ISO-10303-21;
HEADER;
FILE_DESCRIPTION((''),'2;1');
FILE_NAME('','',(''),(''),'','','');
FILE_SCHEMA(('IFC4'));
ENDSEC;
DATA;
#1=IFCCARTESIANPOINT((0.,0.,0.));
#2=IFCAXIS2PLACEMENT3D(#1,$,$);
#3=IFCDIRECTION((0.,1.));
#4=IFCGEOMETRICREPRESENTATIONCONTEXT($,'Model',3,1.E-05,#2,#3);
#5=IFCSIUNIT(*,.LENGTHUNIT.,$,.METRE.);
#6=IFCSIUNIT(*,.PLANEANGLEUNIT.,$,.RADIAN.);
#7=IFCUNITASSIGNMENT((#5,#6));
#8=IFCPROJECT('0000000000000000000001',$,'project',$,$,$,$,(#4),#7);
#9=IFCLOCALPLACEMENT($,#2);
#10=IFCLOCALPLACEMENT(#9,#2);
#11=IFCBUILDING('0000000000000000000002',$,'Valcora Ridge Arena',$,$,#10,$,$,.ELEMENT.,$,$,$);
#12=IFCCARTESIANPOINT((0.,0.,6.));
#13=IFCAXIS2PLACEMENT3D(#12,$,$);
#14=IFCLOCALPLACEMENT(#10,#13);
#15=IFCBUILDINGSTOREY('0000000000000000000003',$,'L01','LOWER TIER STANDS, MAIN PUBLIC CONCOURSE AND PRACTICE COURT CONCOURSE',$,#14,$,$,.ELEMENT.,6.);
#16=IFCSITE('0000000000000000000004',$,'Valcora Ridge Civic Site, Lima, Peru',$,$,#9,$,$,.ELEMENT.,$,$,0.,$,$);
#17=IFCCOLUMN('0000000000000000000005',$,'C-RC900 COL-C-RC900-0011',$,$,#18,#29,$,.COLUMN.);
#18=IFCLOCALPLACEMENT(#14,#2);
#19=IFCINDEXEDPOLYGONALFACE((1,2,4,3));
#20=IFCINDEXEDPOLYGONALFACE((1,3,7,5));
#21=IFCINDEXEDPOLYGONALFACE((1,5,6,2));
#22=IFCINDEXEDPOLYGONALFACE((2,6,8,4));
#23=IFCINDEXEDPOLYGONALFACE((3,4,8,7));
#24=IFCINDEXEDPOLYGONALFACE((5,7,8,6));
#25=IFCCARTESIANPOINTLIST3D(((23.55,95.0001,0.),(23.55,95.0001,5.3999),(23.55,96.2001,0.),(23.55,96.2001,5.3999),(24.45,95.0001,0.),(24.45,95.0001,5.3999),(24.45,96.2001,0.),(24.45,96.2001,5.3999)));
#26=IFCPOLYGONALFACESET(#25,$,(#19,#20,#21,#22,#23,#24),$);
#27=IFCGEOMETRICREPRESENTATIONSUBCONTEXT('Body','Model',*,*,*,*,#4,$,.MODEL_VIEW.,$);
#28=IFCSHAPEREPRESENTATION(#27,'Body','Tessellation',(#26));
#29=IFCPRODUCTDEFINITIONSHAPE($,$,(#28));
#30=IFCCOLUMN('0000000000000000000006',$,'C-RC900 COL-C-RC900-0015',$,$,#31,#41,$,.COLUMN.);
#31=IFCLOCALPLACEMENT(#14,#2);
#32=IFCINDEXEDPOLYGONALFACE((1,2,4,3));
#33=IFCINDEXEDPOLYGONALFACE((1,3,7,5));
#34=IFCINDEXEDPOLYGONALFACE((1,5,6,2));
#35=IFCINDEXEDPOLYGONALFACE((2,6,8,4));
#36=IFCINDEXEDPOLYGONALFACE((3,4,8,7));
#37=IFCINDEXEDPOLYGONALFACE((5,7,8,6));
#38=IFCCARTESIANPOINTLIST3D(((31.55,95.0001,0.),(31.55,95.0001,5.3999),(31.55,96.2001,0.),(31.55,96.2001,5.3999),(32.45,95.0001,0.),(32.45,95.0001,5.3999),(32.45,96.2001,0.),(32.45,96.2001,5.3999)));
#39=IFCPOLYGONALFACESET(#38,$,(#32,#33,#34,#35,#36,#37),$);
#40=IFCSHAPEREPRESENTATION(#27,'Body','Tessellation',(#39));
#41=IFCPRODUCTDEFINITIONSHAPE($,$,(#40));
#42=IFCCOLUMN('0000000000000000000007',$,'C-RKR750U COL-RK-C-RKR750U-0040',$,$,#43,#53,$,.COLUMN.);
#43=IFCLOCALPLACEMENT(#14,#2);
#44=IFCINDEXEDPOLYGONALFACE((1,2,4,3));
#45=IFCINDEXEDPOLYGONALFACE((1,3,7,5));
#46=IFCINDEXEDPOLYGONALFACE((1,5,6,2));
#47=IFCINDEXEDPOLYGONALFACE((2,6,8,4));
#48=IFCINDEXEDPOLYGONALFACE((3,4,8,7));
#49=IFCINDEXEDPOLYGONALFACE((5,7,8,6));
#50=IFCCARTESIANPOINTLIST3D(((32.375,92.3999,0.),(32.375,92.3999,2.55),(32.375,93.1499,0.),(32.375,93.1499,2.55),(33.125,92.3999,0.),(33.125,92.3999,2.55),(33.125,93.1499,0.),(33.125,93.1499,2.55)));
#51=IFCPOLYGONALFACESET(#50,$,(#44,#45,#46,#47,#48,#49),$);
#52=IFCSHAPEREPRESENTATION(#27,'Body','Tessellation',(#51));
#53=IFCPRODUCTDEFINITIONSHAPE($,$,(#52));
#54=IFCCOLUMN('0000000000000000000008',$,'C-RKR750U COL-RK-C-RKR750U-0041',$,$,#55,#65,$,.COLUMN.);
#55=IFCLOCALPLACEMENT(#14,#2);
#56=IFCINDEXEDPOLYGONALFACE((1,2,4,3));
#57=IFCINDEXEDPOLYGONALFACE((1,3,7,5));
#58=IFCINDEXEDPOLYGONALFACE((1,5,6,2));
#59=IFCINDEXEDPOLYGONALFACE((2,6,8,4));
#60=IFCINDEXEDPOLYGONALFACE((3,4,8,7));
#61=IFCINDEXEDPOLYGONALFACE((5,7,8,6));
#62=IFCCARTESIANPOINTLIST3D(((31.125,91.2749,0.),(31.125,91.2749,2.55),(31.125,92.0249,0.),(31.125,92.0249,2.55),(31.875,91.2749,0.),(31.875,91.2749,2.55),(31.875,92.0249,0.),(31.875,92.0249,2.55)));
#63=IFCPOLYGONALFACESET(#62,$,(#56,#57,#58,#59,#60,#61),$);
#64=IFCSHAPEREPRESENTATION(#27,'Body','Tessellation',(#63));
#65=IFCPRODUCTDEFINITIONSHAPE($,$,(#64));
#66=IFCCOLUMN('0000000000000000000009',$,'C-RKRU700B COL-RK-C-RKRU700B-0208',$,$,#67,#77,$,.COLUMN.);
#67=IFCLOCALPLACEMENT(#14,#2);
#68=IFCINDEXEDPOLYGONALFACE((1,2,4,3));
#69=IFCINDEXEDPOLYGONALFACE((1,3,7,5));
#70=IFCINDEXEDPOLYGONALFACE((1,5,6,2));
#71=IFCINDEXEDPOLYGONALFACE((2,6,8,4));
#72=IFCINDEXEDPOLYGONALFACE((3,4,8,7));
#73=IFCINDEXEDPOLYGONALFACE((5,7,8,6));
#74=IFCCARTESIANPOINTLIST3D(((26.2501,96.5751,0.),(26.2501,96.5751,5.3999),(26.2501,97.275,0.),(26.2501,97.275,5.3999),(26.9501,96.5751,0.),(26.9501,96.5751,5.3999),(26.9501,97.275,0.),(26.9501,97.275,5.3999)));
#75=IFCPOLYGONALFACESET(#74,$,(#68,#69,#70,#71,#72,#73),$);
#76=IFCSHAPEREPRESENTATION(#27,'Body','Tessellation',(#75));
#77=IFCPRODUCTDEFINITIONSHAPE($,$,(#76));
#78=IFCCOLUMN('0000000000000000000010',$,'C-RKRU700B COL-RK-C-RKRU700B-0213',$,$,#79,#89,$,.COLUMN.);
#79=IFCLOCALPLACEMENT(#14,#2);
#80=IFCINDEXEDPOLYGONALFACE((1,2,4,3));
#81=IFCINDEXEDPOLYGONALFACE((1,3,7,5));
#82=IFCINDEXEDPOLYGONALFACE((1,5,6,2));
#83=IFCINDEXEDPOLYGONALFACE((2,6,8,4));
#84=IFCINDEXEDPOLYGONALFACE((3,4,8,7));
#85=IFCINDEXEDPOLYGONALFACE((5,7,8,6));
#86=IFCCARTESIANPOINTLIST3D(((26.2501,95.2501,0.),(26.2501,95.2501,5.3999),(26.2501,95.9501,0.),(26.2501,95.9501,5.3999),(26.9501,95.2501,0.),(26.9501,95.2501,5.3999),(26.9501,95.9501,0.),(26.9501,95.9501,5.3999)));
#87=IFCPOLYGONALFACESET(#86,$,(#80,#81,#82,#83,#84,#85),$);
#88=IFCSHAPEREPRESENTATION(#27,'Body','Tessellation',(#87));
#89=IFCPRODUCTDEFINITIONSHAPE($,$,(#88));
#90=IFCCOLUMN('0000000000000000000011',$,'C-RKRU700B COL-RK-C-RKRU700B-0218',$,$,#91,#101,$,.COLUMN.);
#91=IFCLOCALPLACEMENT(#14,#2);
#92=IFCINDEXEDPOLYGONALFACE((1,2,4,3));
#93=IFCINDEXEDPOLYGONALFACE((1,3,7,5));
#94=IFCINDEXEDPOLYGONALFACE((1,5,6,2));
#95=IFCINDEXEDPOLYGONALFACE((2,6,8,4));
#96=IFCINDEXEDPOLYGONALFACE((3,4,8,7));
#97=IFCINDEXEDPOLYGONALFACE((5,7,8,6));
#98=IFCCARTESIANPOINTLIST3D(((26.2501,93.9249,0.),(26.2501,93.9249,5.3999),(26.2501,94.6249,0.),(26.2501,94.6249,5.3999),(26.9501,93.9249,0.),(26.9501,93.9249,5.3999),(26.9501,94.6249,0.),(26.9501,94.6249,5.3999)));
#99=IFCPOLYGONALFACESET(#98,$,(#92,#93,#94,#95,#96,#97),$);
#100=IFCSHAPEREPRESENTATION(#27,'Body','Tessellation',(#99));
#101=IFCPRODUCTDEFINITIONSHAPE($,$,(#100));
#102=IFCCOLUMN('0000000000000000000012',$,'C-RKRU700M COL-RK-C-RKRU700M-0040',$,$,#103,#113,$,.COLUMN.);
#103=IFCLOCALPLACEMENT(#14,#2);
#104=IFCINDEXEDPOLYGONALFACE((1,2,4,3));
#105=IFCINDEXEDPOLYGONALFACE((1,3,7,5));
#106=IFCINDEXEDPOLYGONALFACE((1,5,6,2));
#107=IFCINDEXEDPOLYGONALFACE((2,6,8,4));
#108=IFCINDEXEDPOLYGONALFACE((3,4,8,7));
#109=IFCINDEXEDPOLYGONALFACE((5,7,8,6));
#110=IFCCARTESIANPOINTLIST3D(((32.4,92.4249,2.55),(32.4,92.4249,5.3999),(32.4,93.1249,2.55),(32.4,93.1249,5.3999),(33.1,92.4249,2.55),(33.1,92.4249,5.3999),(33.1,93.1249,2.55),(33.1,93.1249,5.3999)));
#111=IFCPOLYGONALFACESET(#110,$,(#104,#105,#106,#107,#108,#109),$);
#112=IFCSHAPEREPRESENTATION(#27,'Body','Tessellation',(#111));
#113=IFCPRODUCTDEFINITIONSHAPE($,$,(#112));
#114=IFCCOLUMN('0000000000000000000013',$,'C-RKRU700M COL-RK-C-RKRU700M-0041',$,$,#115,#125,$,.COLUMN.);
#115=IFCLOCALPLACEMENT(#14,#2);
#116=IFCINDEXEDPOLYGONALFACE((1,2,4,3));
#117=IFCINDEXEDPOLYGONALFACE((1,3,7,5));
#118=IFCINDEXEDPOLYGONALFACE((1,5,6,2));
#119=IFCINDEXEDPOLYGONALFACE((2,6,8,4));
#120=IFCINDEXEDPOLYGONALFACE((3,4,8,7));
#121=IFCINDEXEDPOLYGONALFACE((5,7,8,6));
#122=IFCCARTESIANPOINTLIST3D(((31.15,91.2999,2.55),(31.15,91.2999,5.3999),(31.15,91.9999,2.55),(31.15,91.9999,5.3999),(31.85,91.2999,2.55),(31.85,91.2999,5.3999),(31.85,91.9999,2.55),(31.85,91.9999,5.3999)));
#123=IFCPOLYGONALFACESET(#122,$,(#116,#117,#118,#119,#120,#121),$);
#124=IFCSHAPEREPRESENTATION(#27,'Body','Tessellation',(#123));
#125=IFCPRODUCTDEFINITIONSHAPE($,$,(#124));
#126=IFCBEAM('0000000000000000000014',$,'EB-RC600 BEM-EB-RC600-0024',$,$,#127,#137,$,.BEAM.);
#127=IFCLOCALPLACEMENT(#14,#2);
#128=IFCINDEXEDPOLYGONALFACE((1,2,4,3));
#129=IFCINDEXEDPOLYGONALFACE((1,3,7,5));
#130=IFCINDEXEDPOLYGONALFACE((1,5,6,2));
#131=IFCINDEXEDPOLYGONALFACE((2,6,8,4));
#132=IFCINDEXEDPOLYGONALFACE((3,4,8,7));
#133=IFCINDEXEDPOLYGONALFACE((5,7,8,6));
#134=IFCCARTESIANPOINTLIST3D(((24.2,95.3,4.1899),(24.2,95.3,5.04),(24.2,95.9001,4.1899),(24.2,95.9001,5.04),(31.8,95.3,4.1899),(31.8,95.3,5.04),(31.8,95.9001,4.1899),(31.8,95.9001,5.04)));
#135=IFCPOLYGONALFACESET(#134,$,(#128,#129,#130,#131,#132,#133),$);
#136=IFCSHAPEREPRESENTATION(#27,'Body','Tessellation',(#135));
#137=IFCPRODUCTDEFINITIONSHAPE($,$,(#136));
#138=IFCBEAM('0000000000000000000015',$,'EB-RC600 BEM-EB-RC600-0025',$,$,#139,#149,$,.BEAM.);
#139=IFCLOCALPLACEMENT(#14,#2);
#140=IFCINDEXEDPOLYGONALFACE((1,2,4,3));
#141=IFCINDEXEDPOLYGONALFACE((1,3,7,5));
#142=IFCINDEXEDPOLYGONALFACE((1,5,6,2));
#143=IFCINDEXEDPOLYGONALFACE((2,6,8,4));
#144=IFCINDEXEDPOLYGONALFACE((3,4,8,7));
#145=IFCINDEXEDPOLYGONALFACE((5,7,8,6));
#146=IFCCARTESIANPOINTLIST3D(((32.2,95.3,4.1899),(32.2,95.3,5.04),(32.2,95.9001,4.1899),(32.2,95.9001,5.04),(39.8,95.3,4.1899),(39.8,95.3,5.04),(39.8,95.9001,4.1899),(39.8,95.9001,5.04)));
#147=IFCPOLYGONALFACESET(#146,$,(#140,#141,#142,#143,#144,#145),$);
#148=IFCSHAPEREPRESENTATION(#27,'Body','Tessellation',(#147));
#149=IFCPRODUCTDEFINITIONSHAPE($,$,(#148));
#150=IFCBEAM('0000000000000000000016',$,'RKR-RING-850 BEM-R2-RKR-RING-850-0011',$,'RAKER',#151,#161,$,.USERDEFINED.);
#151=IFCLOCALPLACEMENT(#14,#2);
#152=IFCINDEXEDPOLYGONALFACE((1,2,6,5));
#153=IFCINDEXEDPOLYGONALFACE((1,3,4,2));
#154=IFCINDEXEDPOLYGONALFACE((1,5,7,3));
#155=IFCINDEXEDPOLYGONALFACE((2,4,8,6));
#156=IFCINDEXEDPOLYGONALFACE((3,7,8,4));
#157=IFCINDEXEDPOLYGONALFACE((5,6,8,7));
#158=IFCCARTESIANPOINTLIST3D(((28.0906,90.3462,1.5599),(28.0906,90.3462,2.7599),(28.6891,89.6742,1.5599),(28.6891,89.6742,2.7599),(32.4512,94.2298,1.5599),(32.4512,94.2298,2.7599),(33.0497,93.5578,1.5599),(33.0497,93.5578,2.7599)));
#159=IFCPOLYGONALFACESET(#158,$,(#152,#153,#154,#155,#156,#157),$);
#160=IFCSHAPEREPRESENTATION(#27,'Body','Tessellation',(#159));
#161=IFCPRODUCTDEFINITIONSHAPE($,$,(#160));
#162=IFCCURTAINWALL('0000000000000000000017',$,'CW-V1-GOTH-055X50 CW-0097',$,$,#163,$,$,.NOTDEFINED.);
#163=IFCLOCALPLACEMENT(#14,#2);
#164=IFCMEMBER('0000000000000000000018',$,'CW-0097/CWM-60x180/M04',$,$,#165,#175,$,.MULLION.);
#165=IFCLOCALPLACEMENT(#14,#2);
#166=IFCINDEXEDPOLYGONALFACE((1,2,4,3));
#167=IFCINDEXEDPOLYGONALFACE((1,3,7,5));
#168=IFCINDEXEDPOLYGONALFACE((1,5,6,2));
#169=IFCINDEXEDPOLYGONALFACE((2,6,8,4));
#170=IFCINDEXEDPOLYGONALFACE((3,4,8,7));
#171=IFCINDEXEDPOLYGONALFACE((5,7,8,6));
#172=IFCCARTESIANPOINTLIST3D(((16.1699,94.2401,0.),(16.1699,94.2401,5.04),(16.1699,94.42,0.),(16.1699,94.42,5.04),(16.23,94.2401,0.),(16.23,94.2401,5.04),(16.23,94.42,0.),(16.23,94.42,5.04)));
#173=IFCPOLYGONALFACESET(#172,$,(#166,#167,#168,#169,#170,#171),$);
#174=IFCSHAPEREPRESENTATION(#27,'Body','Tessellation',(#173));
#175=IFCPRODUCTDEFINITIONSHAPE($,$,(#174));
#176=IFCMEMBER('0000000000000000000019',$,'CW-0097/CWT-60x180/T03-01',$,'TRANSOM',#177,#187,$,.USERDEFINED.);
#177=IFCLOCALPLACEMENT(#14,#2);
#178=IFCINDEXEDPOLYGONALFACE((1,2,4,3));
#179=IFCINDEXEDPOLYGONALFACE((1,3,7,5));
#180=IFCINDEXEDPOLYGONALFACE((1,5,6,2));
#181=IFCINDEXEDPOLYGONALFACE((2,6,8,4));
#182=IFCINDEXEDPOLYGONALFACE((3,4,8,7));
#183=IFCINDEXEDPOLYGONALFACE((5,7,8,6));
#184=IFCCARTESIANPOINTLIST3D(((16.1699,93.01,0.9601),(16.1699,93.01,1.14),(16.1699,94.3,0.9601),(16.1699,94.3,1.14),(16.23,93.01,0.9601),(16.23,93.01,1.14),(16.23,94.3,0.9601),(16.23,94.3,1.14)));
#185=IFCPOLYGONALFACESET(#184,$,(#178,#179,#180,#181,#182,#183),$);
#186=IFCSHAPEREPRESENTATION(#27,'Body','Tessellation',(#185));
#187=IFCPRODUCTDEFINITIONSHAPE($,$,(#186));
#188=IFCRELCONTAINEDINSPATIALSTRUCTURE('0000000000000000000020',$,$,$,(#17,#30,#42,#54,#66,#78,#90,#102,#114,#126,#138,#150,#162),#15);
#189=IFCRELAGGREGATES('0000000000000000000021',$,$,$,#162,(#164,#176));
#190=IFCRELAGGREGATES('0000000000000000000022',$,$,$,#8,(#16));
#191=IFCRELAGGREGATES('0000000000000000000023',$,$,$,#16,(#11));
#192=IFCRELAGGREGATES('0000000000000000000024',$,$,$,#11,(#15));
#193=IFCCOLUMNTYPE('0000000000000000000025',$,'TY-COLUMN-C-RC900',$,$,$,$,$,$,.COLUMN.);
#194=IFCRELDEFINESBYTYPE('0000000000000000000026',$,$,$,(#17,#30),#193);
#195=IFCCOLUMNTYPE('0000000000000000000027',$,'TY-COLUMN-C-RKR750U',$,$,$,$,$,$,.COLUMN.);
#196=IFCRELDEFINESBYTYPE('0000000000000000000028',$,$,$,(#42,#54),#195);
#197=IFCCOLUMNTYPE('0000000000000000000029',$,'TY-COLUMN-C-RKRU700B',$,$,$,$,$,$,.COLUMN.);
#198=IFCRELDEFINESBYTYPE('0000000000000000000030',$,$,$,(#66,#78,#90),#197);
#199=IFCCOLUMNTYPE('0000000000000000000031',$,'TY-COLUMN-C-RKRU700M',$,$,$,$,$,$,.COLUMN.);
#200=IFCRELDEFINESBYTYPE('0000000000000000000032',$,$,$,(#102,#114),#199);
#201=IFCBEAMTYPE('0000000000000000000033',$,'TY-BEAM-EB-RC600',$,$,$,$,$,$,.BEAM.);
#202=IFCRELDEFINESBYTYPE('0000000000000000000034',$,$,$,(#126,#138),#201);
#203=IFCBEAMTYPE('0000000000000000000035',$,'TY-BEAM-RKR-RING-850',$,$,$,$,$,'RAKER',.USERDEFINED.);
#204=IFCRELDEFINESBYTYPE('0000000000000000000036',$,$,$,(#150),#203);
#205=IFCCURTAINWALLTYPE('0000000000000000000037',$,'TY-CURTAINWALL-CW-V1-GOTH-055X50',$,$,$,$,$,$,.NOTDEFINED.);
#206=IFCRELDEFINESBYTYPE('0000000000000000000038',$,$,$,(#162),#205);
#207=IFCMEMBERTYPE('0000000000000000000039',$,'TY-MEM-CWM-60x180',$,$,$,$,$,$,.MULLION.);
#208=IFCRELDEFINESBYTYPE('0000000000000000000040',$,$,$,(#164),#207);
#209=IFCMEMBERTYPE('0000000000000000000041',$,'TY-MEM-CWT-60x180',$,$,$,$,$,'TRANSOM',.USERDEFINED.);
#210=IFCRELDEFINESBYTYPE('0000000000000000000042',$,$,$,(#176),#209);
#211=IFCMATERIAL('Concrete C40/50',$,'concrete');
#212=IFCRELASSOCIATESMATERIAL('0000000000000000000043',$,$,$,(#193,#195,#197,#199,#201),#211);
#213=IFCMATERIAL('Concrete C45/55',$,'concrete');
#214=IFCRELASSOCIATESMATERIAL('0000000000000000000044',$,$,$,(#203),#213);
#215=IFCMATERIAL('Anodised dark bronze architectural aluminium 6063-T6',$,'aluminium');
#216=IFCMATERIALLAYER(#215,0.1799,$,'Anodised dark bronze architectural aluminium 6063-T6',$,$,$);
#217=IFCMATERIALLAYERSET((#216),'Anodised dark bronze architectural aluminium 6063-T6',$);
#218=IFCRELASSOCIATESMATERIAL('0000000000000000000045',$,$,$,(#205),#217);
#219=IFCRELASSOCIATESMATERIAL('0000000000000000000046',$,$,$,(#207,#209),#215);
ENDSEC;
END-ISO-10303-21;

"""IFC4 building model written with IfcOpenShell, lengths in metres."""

from ifc_helpers import new_model, si_unit, direction, frame, origin, origin_2d, place, context, subcontext, project, spatial, rectangle, extrude, material, layer, layer_set, material_profile, profile_set, type_object, element, aggregate, save


model = new_model("IFC4")

# Units and contexts
model_context = context("Model", 3, precision=1e-05, world=origin(), true_north=direction((0.0, 1.0)))
body_context = subcontext(model_context, "Body", "Model", "MODEL_VIEW")
ifc_project = project(units=[si_unit("LENGTHUNIT", "METRE"), si_unit("PLANEANGLEUNIT", "RADIAN")], contexts=[model_context])

# Site, building, storey
site_placement = place(None, origin())
site = spatial("IfcSite", under=ifc_project, at=site_placement, Name="Valcora Ridge Civic Site, Lima, Peru", CompositionType="ELEMENT", RefElevation=0.0)
building_placement = place(site_placement, origin())
building = spatial("IfcBuilding", under=site, at=building_placement, Name="Valcora Ridge Arena", CompositionType="ELEMENT")
storey_placement = place(building_placement, frame((0.0, 0.0, 6.0)))
storey = spatial("IfcBuildingStorey", under=building, at=storey_placement, Name="L01", Description="LOWER TIER STANDS, MAIN PUBLIC CONCOURSE AND PRACTICE COURT CONCOURSE", CompositionType="ELEMENT", Elevation=6.0)

# Columns
ifc_material_1 = material(Name="Concrete C40/50", Category="concrete")
ifc_material_profile_1 = material_profile(ifc_material_1, rectangle(XDim=0.8999, YDim=1.2, at=origin_2d()), Name="RC 900x1200")
ifc_profile_set_1 = profile_set([ifc_material_profile_1], Name="Concrete C40/50")
column_type_1 = type_object("IfcColumnType", Name="TY-COLUMN-C-RC900", PredefinedType="COLUMN", material=ifc_profile_set_1)
for number, where, z_axis, x_axis, name in (
    (1, (24.0, 95.6001, 0.0), (0.0, 0.0, 1.0), (1.0, 0.0, 0.0), "C-RC900 COL-C-RC900-0011"),
    (2, (32.0, 95.6001, 0.0), (0.0, 0.0, 1.0), (1.0, 0.0, 0.0), "C-RC900 COL-C-RC900-0015"),
):
    element("IfcColumn", number, at=place(storey_placement, frame(where, z_axis=z_axis, x_axis=x_axis)), inside=storey, type_object=column_type_1, Name=name, PredefinedType="COLUMN", context=body_context, shape_type="SweptSolid", body=[
        extrude(rectangle(XDim=0.8999, YDim=1.2, at=origin_2d()), origin(), (0.0, 0.0, 1.0), 5.3999),
    ])
ifc_material_profile_2 = material_profile(ifc_material_1, rectangle(XDim=0.75, YDim=0.75, at=origin_2d()), Name="RC 750x750")
ifc_profile_set_2 = profile_set([ifc_material_profile_2], Name="Concrete C40/50")
column_type_2 = type_object("IfcColumnType", Name="TY-COLUMN-C-RKR750U", PredefinedType="COLUMN", material=ifc_profile_set_2)
for number, where, z_axis, x_axis, name in (
    (3, (32.75, 92.7749, 0.0), (0.0, 0.0, 1.0), (1.0, 0.0, 0.0), "C-RKR750U COL-RK-C-RKR750U-0040"),
    (4, (31.5, 91.6499, 0.0), (0.0, 0.0, 1.0), (1.0, 0.0, 0.0), "C-RKR750U COL-RK-C-RKR750U-0041"),
):
    element("IfcColumn", number, at=place(storey_placement, frame(where, z_axis=z_axis, x_axis=x_axis)), inside=storey, type_object=column_type_2, Name=name, PredefinedType="COLUMN", context=body_context, shape_type="SweptSolid", body=[
        extrude(rectangle(XDim=0.75, YDim=0.75, at=origin_2d()), origin(), (0.0, 0.0, 1.0), 2.55),
    ])
ifc_material_profile_3 = material_profile(ifc_material_1, rectangle(XDim=0.7, YDim=0.7, at=origin_2d()), Name="RC 700x700")
ifc_profile_set_3 = profile_set([ifc_material_profile_3], Name="Concrete C40/50")
column_type_3 = type_object("IfcColumnType", Name="TY-COLUMN-C-RKRU700B", PredefinedType="COLUMN", material=ifc_profile_set_3)
for number, where, z_axis, x_axis, name in (
    (5, (26.6001, 96.925, 0.0), (0.0, 0.0, 1.0), (1.0, 0.0, 0.0), "C-RKRU700B COL-RK-C-RKRU700B-0208"),
    (6, (26.6001, 95.6001, 0.0), (0.0, 0.0, 1.0), (1.0, 0.0, 0.0), "C-RKRU700B COL-RK-C-RKRU700B-0213"),
    (7, (26.6001, 94.2749, 0.0), (0.0, 0.0, 1.0), (1.0, 0.0, 0.0), "C-RKRU700B COL-RK-C-RKRU700B-0218"),
):
    element("IfcColumn", number, at=place(storey_placement, frame(where, z_axis=z_axis, x_axis=x_axis)), inside=storey, type_object=column_type_3, Name=name, PredefinedType="COLUMN", context=body_context, shape_type="SweptSolid", body=[
        extrude(rectangle(XDim=0.7, YDim=0.7, at=origin_2d()), origin(), (0.0, 0.0, 1.0), 5.3999),
    ])
ifc_material_profile_4 = material_profile(ifc_material_1, rectangle(XDim=0.7, YDim=0.7, at=origin_2d()), Name="RC 700x700")
ifc_profile_set_4 = profile_set([ifc_material_profile_4], Name="Concrete C40/50")
column_type_4 = type_object("IfcColumnType", Name="TY-COLUMN-C-RKRU700M", PredefinedType="COLUMN", material=ifc_profile_set_4)
for number, where, z_axis, x_axis, name in (
    (8, (32.75, 92.7749, 2.55), (0.0, 0.0, 1.0), (1.0, 0.0, 0.0), "C-RKRU700M COL-RK-C-RKRU700M-0040"),
    (9, (31.5, 91.6499, 2.55), (0.0, 0.0, 1.0), (1.0, 0.0, 0.0), "C-RKRU700M COL-RK-C-RKRU700M-0041"),
):
    element("IfcColumn", number, at=place(storey_placement, frame(where, z_axis=z_axis, x_axis=x_axis)), inside=storey, type_object=column_type_4, Name=name, PredefinedType="COLUMN", context=body_context, shape_type="SweptSolid", body=[
        extrude(rectangle(XDim=0.7, YDim=0.7, at=origin_2d()), origin(), (0.0, 0.0, 1.0), 2.8499),
    ])

# Beams
ifc_material_profile_5 = material_profile(ifc_material_1, rectangle(XDim=0.6001, YDim=0.8501, at=origin_2d()), Name="RC 600x850")
ifc_profile_set_5 = profile_set([ifc_material_profile_5], Name="Concrete C40/50")
beam_type_1 = type_object("IfcBeamType", Name="TY-BEAM-EB-RC600", PredefinedType="BEAM", material=ifc_profile_set_5)
for number, where, z_axis, x_axis, name in (
    (10, (24.2, 95.6001, 4.615), (1.0, 0.0, 0.0), (0.0, 1.0, 0.0), "EB-RC600 BEM-EB-RC600-0024"),
    (11, (32.2, 95.6001, 4.615), (1.0, 0.0, 0.0), (0.0, 1.0, 0.0), "EB-RC600 BEM-EB-RC600-0025"),
):
    element("IfcBeam", number, at=place(storey_placement, frame(where, z_axis=z_axis, x_axis=x_axis)), inside=storey, type_object=beam_type_1, Name=name, PredefinedType="BEAM", context=body_context, shape_type="SweptSolid", body=[
        extrude(rectangle(XDim=0.6001, YDim=0.8501, at=origin_2d()), origin(), (0.0, 0.0, 1.0), 7.6001),
    ])
ifc_material_2 = material(Name="Concrete C45/55", Category="concrete")
ifc_material_profile_6 = material_profile(ifc_material_2, rectangle(XDim=0.8999, YDim=1.2, at=origin_2d()), Name="RC 900x1200")
ifc_profile_set_6 = profile_set([ifc_material_profile_6], Name="Concrete C45/55")
beam_type_2 = type_object("IfcBeamType", Name="TY-BEAM-RKR-RING-850", ElementType="RAKER", PredefinedType="USERDEFINED", material=ifc_profile_set_6)
beam_placement = place(storey_placement, frame((32.7505, 93.8938, 2.1599), z_axis=(-0.746775, -0.665077, 0.0), x_axis=(0.665077, -0.746775, 0.0)))
element("IfcBeam", 12, at=beam_placement, inside=storey, type_object=beam_type_2, Name="RKR-RING-850 BEM-R2-RKR-RING-850-0011", ObjectType="RAKER", PredefinedType="USERDEFINED", context=body_context, shape_type="SweptSolid", body=[
    extrude(rectangle(XDim=0.8999, YDim=1.2, at=origin_2d()), origin(), (0.0, 0.0, 1.0), 5.8394),
])

# Curtain wall, members
ifc_material_3 = material(Name="Anodised dark bronze architectural aluminium 6063-T6", Category="aluminium")
ifc_layer_1 = layer(ifc_material_3, 0.1799, Name="Anodised dark bronze architectural aluminium 6063-T6")
ifc_layer_set_1 = layer_set([ifc_layer_1], Name="Anodised dark bronze architectural aluminium 6063-T6")
curtain_wall_type = type_object("IfcCurtainWallType", Name="TY-CURTAINWALL-CW-V1-GOTH-055X50", PredefinedType="NOTDEFINED", material=ifc_layer_set_1)
curtain_wall_placement = place(storey_placement, origin())
curtain_wall = element("IfcCurtainWall", 13, at=curtain_wall_placement, inside=storey, type_object=curtain_wall_type, Name="CW-V1-GOTH-055X50 CW-0097", PredefinedType="NOTDEFINED")
ifc_material_profile_7 = material_profile(ifc_material_3, rectangle(XDim=0.0601, YDim=0.1799, at=origin_2d()), Name="ALU MULLION 60x180")
ifc_profile_set_7 = profile_set([ifc_material_profile_7], Name="Anodised dark bronze architectural aluminium 6063-T6")
member_type_1 = type_object("IfcMemberType", Name="TY-MEM-CWM-60x180", PredefinedType="MULLION", material=ifc_profile_set_7)
member_1_placement = place(storey_placement, frame((16.2, 94.3301, 0.0), z_axis=(0.0, 0.0, 1.0), x_axis=(-1.0, 0.0, 0.0)))
member_1 = element("IfcMember", 14, at=member_1_placement, type_object=member_type_1, Name="CW-0097/CWM-60x180/M04", PredefinedType="MULLION", context=body_context, shape_type="SweptSolid", body=[
    extrude(rectangle(XDim=0.0601, YDim=0.1799, at=origin_2d()), origin(), (0.0, 0.0, 1.0), 5.04),
])
ifc_material_profile_8 = material_profile(ifc_material_3, rectangle(XDim=0.0601, YDim=0.1799, at=origin_2d()), Name="ALU TRANSOM 60x180")
ifc_profile_set_8 = profile_set([ifc_material_profile_8], Name="Anodised dark bronze architectural aluminium 6063-T6")
member_type_2 = type_object("IfcMemberType", Name="TY-MEM-CWT-60x180", ElementType="TRANSOM", PredefinedType="USERDEFINED", material=ifc_profile_set_8)
member_2_placement = place(storey_placement, frame((16.2, 93.01, 1.05), z_axis=(0.0, 1.0, 0.0), x_axis=(-1.0, 0.0, 0.0)))
member_2 = element("IfcMember", 15, at=member_2_placement, type_object=member_type_2, Name="CW-0097/CWT-60x180/T03-01", ObjectType="TRANSOM", PredefinedType="USERDEFINED", context=body_context, shape_type="SweptSolid", body=[
    extrude(rectangle(XDim=0.0601, YDim=0.1799, at=origin_2d()), origin(), (0.0, 0.0, 1.0), 1.29),
])
aggregate(curtain_wall, [member_1, member_2])

save(model, "model.ifc")
